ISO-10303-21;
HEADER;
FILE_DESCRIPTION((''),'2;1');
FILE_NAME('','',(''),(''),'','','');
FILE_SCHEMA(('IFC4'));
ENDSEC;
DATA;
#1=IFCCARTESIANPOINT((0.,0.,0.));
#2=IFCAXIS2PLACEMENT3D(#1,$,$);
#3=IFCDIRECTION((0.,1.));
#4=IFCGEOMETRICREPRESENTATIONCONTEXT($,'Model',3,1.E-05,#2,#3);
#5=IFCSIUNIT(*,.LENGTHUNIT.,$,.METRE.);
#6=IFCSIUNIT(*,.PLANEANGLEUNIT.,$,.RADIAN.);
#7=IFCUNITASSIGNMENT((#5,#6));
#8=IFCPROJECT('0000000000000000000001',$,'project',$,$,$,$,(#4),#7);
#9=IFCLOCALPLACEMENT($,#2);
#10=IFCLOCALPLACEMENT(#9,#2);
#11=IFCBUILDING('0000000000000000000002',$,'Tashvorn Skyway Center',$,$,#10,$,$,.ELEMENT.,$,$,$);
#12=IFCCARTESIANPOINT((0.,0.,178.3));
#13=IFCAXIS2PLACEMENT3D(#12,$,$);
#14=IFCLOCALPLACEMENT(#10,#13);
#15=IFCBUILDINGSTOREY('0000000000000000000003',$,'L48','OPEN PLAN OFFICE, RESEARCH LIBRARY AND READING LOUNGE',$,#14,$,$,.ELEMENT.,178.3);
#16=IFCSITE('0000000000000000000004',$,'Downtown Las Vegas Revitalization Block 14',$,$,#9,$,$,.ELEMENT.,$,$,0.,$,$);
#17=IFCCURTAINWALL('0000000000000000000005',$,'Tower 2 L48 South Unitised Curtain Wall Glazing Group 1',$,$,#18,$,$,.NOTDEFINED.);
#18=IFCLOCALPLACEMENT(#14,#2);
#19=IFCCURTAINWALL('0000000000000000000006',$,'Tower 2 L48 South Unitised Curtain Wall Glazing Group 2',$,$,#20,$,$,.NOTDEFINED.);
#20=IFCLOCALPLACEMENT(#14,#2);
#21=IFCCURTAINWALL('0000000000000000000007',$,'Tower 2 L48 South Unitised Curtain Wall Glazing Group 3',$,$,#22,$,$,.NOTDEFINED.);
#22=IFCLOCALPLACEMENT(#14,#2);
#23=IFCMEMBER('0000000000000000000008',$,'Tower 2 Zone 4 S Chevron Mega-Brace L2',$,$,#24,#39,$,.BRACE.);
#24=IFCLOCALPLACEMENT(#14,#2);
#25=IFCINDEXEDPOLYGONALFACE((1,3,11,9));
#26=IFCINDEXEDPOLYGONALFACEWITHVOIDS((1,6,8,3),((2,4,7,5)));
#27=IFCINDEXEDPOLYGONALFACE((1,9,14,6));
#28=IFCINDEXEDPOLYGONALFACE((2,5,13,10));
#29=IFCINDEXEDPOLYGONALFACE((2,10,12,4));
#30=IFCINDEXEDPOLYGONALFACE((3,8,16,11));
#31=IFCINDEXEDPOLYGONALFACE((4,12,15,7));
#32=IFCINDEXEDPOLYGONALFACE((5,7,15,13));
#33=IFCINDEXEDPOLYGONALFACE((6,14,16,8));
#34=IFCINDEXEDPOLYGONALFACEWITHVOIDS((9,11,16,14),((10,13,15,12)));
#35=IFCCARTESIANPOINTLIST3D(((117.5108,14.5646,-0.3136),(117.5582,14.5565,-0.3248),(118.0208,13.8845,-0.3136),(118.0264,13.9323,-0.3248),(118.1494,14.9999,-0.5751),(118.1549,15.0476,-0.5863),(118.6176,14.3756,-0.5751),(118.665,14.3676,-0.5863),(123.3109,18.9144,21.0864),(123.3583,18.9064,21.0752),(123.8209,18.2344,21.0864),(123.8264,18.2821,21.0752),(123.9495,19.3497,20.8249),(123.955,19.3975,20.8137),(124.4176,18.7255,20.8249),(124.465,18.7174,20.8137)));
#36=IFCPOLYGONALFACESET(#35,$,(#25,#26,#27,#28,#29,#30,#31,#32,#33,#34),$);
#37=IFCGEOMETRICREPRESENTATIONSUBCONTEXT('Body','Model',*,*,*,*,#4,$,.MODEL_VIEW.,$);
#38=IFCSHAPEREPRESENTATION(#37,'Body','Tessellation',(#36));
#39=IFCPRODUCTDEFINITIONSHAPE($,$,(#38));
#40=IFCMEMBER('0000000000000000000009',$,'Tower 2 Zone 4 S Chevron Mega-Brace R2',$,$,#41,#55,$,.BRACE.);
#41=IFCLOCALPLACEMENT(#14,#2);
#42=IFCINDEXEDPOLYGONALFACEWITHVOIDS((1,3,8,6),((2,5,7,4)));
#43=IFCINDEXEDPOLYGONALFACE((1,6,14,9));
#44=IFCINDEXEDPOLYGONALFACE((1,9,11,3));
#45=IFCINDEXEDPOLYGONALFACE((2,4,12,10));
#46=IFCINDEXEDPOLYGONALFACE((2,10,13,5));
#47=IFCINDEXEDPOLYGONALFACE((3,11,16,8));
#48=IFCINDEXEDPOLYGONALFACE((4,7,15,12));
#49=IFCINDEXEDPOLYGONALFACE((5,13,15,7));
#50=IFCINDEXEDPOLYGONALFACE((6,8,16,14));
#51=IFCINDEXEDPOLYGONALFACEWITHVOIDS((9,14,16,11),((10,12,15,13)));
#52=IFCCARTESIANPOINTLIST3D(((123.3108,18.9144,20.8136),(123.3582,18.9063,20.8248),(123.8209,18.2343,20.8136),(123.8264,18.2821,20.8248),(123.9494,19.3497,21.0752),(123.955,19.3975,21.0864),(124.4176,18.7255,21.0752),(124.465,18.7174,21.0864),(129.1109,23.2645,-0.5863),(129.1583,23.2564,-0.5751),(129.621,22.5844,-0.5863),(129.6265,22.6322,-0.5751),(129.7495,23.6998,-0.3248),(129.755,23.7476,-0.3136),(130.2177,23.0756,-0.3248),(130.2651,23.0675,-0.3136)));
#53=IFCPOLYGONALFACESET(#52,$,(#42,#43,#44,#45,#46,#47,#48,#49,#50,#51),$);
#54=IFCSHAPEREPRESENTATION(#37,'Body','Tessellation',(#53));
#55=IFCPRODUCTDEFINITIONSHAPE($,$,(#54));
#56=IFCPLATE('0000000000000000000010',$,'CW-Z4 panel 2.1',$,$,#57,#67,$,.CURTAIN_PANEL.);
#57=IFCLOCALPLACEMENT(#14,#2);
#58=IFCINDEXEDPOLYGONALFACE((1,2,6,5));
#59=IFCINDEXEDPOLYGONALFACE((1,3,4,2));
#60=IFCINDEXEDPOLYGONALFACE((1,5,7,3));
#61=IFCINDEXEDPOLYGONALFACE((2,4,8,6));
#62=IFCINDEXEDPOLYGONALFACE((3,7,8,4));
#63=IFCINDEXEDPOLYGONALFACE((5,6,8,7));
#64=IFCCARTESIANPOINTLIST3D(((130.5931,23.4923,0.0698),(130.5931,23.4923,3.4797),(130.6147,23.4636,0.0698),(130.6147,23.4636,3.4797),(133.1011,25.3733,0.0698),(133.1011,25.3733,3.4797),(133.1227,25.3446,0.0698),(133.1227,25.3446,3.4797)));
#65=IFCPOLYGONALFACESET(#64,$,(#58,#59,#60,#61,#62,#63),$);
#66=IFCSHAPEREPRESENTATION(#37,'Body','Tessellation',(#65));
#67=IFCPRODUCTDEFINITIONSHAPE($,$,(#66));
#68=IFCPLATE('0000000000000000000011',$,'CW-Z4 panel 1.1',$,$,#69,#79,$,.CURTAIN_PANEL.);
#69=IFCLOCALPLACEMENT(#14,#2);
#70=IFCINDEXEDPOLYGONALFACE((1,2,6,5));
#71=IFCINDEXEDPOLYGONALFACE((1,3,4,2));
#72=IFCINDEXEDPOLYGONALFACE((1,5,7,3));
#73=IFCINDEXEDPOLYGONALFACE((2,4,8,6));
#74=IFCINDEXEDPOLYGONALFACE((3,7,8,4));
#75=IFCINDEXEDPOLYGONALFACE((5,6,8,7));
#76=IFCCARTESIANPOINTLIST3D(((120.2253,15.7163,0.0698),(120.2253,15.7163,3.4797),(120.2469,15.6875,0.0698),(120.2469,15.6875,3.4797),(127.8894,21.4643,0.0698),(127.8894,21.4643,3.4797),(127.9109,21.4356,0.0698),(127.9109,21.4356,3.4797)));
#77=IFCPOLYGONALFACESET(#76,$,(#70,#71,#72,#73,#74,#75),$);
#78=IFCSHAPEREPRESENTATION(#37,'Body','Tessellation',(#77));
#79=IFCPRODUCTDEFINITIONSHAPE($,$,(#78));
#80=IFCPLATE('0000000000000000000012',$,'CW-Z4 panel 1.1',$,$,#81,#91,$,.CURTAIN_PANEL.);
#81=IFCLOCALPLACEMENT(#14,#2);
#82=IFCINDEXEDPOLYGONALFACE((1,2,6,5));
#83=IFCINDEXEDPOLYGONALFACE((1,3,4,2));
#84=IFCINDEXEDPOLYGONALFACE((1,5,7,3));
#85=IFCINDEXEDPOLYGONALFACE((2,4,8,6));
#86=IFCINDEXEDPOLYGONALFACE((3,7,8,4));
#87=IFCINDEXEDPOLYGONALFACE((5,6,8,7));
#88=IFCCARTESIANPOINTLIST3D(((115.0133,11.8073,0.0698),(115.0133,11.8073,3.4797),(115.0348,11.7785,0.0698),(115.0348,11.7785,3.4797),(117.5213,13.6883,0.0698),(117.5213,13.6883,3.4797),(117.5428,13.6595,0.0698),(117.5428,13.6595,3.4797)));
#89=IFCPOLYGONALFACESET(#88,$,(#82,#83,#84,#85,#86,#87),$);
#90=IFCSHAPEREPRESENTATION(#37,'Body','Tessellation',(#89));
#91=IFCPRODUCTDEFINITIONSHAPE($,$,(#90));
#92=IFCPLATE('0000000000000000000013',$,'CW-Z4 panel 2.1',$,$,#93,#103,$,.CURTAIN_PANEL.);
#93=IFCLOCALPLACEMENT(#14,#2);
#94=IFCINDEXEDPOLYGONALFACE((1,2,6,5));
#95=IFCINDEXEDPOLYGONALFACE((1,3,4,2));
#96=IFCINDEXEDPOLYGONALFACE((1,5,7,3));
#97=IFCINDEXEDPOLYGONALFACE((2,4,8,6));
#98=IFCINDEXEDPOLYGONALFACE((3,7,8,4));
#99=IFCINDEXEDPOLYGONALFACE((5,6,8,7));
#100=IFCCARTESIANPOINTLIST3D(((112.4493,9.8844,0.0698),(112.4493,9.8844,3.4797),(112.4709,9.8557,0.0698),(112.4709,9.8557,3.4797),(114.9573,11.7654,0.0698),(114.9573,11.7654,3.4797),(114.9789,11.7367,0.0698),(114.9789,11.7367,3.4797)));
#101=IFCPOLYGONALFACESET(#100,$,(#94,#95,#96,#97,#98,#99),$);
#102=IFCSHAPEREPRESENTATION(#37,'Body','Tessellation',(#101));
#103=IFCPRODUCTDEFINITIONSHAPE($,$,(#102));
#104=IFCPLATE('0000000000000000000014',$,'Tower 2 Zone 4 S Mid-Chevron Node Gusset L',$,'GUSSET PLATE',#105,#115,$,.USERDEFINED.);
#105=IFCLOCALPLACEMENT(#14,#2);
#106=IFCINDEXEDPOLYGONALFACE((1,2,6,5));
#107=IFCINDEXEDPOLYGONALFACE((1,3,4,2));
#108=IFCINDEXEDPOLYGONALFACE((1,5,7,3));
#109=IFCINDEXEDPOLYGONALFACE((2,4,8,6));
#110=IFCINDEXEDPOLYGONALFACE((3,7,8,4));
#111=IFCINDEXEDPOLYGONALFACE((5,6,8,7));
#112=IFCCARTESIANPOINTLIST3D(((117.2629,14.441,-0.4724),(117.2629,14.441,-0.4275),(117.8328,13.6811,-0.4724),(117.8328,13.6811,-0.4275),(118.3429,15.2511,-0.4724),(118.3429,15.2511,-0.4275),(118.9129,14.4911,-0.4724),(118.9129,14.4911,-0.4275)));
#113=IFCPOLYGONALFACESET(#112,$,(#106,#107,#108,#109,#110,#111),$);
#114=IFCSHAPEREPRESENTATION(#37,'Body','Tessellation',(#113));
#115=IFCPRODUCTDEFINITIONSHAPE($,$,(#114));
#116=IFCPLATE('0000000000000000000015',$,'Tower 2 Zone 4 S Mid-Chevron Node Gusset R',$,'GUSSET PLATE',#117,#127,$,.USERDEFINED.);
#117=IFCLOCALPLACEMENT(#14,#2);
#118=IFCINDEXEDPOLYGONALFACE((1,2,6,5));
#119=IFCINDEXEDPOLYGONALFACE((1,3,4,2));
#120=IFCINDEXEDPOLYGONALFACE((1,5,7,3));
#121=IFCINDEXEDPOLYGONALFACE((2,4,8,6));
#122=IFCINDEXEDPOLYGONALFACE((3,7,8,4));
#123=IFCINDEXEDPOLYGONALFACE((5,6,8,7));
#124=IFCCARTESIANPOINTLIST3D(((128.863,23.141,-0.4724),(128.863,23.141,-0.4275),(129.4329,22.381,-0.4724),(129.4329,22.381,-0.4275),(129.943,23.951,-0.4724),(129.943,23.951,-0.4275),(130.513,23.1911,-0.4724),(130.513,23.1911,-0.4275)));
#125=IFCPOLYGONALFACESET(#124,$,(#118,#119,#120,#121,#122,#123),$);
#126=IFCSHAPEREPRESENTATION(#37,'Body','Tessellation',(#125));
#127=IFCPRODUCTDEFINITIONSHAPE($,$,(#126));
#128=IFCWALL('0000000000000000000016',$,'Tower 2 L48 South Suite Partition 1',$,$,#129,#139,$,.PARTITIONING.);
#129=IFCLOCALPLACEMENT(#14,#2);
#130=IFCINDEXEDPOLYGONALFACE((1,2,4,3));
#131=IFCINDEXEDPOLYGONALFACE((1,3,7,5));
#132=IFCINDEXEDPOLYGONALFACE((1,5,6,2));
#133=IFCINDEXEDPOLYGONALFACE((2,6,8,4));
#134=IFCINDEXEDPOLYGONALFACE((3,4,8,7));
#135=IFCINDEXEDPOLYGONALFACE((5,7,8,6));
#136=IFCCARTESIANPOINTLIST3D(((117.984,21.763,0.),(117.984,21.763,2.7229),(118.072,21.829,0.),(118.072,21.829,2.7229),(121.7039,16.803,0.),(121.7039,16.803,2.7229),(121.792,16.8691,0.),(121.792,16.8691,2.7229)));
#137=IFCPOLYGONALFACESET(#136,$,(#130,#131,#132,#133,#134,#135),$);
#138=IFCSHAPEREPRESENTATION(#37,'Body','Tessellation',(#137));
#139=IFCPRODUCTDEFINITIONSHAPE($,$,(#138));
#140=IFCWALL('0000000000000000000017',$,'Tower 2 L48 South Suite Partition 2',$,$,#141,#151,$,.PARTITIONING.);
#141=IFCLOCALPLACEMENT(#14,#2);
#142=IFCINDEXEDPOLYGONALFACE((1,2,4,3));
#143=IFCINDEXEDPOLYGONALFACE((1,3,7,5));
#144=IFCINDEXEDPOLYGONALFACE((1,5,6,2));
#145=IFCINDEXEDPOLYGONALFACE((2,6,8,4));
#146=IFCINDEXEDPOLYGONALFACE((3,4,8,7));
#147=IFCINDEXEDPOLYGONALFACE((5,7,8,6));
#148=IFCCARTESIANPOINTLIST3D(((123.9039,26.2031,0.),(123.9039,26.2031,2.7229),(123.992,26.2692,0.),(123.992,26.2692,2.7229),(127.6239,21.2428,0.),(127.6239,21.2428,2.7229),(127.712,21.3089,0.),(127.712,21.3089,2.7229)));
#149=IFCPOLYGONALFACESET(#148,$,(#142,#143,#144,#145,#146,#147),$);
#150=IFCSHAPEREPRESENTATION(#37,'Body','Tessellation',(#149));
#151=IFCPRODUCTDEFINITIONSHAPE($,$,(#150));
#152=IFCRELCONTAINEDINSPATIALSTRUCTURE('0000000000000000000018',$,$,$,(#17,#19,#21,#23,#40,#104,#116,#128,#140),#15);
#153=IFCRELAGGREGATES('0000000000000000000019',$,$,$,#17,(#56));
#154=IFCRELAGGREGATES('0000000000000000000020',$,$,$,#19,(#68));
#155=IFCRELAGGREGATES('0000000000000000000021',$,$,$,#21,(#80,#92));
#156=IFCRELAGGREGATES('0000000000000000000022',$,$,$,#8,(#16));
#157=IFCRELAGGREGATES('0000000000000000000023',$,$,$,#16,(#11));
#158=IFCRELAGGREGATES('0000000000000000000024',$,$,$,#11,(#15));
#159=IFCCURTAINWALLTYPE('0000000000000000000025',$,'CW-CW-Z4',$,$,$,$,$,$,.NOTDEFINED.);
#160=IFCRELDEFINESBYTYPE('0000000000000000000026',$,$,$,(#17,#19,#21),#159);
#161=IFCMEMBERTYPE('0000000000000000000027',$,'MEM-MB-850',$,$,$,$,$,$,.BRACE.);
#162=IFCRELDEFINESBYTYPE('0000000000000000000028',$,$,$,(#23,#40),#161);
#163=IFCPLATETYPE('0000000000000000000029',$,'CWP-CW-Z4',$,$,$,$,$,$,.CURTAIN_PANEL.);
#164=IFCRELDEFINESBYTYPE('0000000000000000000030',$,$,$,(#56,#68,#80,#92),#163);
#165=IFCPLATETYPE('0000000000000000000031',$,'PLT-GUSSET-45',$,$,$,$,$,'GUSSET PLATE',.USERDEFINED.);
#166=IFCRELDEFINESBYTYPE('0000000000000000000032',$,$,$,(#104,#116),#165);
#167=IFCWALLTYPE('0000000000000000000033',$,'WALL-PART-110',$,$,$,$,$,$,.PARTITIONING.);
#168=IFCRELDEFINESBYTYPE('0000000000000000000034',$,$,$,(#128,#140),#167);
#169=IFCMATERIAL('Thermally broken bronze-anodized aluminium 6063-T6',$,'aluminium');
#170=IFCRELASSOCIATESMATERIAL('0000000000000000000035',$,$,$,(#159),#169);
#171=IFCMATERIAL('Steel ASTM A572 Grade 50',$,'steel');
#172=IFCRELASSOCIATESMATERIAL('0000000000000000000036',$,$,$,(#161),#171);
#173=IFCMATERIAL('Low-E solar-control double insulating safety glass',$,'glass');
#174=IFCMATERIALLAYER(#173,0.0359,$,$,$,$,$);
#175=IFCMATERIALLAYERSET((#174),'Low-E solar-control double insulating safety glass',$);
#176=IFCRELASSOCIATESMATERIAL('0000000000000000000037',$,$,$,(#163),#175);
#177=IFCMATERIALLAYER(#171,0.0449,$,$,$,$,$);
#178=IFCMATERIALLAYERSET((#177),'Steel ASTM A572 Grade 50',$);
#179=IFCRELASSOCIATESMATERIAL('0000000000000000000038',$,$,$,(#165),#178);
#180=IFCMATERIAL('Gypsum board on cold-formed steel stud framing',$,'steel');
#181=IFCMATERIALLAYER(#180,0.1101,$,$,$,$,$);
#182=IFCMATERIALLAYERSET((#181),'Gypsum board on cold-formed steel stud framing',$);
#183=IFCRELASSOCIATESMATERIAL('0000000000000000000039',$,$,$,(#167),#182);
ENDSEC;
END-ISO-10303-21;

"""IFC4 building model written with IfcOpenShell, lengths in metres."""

from ifc_helpers import new_model, si_unit, direction, frame, frame_2d, origin, origin_2d, place, context, subcontext, project, spatial, rectangle, hollow_rectangle, extrude, material, layer, layer_set, material_profile, profile_set, type_object, element, aggregate, save


model = new_model("IFC4")

# Units and contexts
model_context = context("Model", 3, precision=1e-05, world=origin(), true_north=direction((0.0, 1.0)))
body_context = subcontext(model_context, "Body", "Model", "MODEL_VIEW")
ifc_project = project(units=[si_unit("LENGTHUNIT", "METRE"), si_unit("PLANEANGLEUNIT", "RADIAN")], contexts=[model_context])

# Site, building, storey
site_placement = place(None, origin())
site = spatial("IfcSite", under=ifc_project, at=site_placement, Name="Downtown Las Vegas Revitalization Block 14", CompositionType="ELEMENT", RefElevation=0.0)
building_placement = place(site_placement, origin())
building = spatial("IfcBuilding", under=site, at=building_placement, Name="Tashvorn Skyway Center", CompositionType="ELEMENT")
storey_placement = place(building_placement, frame((0.0, 0.0, 178.3)))
storey = spatial("IfcBuildingStorey", under=building, at=storey_placement, Name="L48", Description="OPEN PLAN OFFICE, RESEARCH LIBRARY AND READING LOUNGE", CompositionType="ELEMENT", Elevation=178.3)

# Shared definitions
ifc_material_1 = material(Name="Steel ASTM A572 Grade 50", Category="steel")

# Curtain wall
ifc_material_2 = material(Name="Thermally broken bronze-anodized aluminium 6063-T6", Category="aluminium")
curtain_wall_type = type_object("IfcCurtainWallType", Name="CW-CW-Z4", PredefinedType="NOTDEFINED", material=ifc_material_2)
curtain_wall_1_placement = place(storey_placement, origin())
curtain_wall_1 = element("IfcCurtainWall", 1, at=curtain_wall_1_placement, inside=storey, type_object=curtain_wall_type, Name="Tower 2 L48 South Unitised Curtain Wall Glazing Group 1", PredefinedType="NOTDEFINED")

# Curtain walls
curtain_wall_2_placement = place(storey_placement, origin())
curtain_wall_2 = element("IfcCurtainWall", 2, at=curtain_wall_2_placement, inside=storey, type_object=curtain_wall_type, Name="Tower 2 L48 South Unitised Curtain Wall Glazing Group 2", PredefinedType="NOTDEFINED")
curtain_wall_3_placement = place(storey_placement, origin())
curtain_wall_3 = element("IfcCurtainWall", 3, at=curtain_wall_3_placement, inside=storey, type_object=curtain_wall_type, Name="Tower 2 L48 South Unitised Curtain Wall Glazing Group 3", PredefinedType="NOTDEFINED")

# Members
ifc_material_profile_1 = material_profile(ifc_material_1, hollow_rectangle(XDim=0.8501, YDim=0.8501, WallThickness=0.0349, at=origin_2d()), Name="BOX850x850x35")
ifc_profile_set_1 = profile_set([ifc_material_profile_1], Name="Steel ASTM A572 Grade 50")
member_type_1 = type_object("IfcMemberType", Name="MEM-MB-850", PredefinedType="BRACE", material=ifc_profile_set_1)
for number, where, z_axis, x_axis, name in (
    (4, (118.0879, 14.4661, -0.45), (0.2567, 0.192517, 0.947123), (-0.599984, 0.800012, 0.0), "Tower 2 Zone 4 S Chevron Mega-Brace L2"),
    (5, (129.688, 23.166, -0.45), (-0.2567, -0.192527, 0.947121), (0.600005, -0.799996, 0.0), "Tower 2 Zone 4 S Chevron Mega-Brace R2"),
):
    element("IfcMember", number, at=place(storey_placement, frame(where, z_axis=z_axis, x_axis=x_axis)), inside=storey, type_object=member_type_1, Name=name, PredefinedType="BRACE", context=body_context, shape_type="SweptSolid", body=[
        extrude(hollow_rectangle(XDim=0.8501, YDim=0.8501, WallThickness=0.0349, at=origin_2d()), origin(), (0.0, 0.0, 1.0), 22.5947),
    ])

# Plates
ifc_material_3 = material(Name="Low-E solar-control double insulating safety glass", Category="glass")
ifc_layer_1 = layer(ifc_material_3, 0.0359)
ifc_layer_set_1 = layer_set([ifc_layer_1], Name="Low-E solar-control double insulating safety glass")
plate_type_1 = type_object("IfcPlateType", Name="CWP-CW-Z4", PredefinedType="CURTAIN_PANEL", material=ifc_layer_set_1)
plate_1_placement = place(storey_placement, frame((131.8579, 24.4185, 0.0698), z_axis=(0.0, 0.0, 1.0), x_axis=(-0.8, -0.6, 0.0)))
plate_1 = element("IfcPlate", 6, at=plate_1_placement, type_object=plate_type_1, Name="CW-Z4 panel 2.1", PredefinedType="CURTAIN_PANEL", context=body_context, shape_type="SweptSolid", body=[
    extrude(rectangle(XDim=3.135, YDim=0.0359, at=origin_2d()), origin(), (0.0, 0.0, 1.0), 3.4099),
])
aggregate(curtain_wall_1, [plate_1])
plate_2_placement = place(storey_placement, frame((124.0681, 18.5759, 0.0698), z_axis=(0.0, 0.0, 1.0), x_axis=(-0.8, -0.6, 0.0)))
plate_2 = element("IfcPlate", 7, at=plate_2_placement, type_object=plate_type_1, Name="CW-Z4 panel 1.1", PredefinedType="CURTAIN_PANEL", context=body_context, shape_type="SweptSolid", body=[
    extrude(rectangle(XDim=9.5801, YDim=0.0359, at=origin_2d()), origin(), (0.0, 0.0, 1.0), 3.4099),
])
aggregate(curtain_wall_2, [plate_2])
plate_3_placement = place(storey_placement, frame((116.2781, 12.7334, 0.0698), z_axis=(0.0, 0.0, 1.0), x_axis=(-0.8, -0.6, 0.0)))
plate_3 = element("IfcPlate", 8, at=plate_3_placement, type_object=plate_type_1, Name="CW-Z4 panel 1.1", PredefinedType="CURTAIN_PANEL", context=body_context, shape_type="SweptSolid", body=[
    extrude(rectangle(XDim=3.135, YDim=0.0359, at=origin_2d()), origin(), (0.0, 0.0, 1.0), 3.4099),
])
plate_4_placement = place(storey_placement, frame((113.7141, 10.8105, 0.0698), z_axis=(0.0, 0.0, 1.0), x_axis=(-0.8, -0.6, 0.0)))
plate_4 = element("IfcPlate", 9, at=plate_4_placement, type_object=plate_type_1, Name="CW-Z4 panel 2.1", PredefinedType="CURTAIN_PANEL", context=body_context, shape_type="SweptSolid", body=[
    extrude(rectangle(XDim=3.135, YDim=0.0359, at=origin_2d()), origin(), (0.0, 0.0, 1.0), 3.4099),
])
aggregate(curtain_wall_3, [plate_3, plate_4])

# Plates
ifc_layer_2 = layer(ifc_material_1, 0.0449)
ifc_layer_set_2 = layer_set([ifc_layer_2], Name="Steel ASTM A572 Grade 50")
plate_type_2 = type_object("IfcPlateType", Name="PLT-GUSSET-45", ElementType="GUSSET PLATE", PredefinedType="USERDEFINED", material=ifc_layer_set_2)
for number, where, z_axis, x_axis, name in (
    (10, (118.0879, 14.4661, -0.4724), (0.0, 0.0, 1.0), (0.8, 0.6, 0.0), "Tower 2 Zone 4 S Mid-Chevron Node Gusset L"),
    (11, (129.688, 23.166, -0.4724), (0.0, 0.0, 1.0), (0.8, 0.6, 0.0), "Tower 2 Zone 4 S Mid-Chevron Node Gusset R"),
):
    element("IfcPlate", number, at=place(storey_placement, frame(where, z_axis=z_axis, x_axis=x_axis)), inside=storey, type_object=plate_type_2, Name=name, ObjectType="GUSSET PLATE", PredefinedType="USERDEFINED", context=body_context, shape_type="SweptSolid", body=[
        extrude(rectangle(XDim=1.3501, YDim=0.95, at=origin_2d()), origin(), (0.0, 0.0, 1.0), 0.0449),
    ])

# Walls
ifc_material_4 = material(Name="Gypsum board on cold-formed steel stud framing", Category="steel")
ifc_layer_3 = layer(ifc_material_4, 0.1101)
ifc_layer_set_3 = layer_set([ifc_layer_3], Name="Gypsum board on cold-formed steel stud framing")
wall_type_1 = type_object("IfcWallType", Name="WALL-PART-110", PredefinedType="PARTITIONING", material=ifc_layer_set_3)
wall_1_placement = place(storey_placement, frame((121.748, 16.8359, 0.0), z_axis=(0.0, 0.0, 1.0), x_axis=(-0.6, 0.8, 0.0)))
element("IfcWall", 12, at=wall_1_placement, inside=storey, type_object=wall_type_1, Name="Tower 2 L48 South Suite Partition 1", PredefinedType="PARTITIONING", context=body_context, shape_type="SweptSolid", body=[
    extrude(rectangle(XDim=6.2, YDim=0.1101, at=frame_2d((3.1001, 0.0))), origin(), (0.0, 0.0, 1.0), 2.7229),
])
wall_2_placement = place(storey_placement, frame((127.668, 21.2759, 0.0), z_axis=(0.0, 0.0, 1.0), x_axis=(-0.599981, 0.800014, 0.0)))
element("IfcWall", 13, at=wall_2_placement, inside=storey, type_object=wall_type_1, Name="Tower 2 L48 South Suite Partition 2", PredefinedType="PARTITIONING", context=body_context, shape_type="SweptSolid", body=[
    extrude(rectangle(XDim=6.2002, YDim=0.1101, at=frame_2d((3.1001, 0.0))), origin(), (0.0, 0.0, 1.0), 2.7229),
])

save(model, "model.ifc")
